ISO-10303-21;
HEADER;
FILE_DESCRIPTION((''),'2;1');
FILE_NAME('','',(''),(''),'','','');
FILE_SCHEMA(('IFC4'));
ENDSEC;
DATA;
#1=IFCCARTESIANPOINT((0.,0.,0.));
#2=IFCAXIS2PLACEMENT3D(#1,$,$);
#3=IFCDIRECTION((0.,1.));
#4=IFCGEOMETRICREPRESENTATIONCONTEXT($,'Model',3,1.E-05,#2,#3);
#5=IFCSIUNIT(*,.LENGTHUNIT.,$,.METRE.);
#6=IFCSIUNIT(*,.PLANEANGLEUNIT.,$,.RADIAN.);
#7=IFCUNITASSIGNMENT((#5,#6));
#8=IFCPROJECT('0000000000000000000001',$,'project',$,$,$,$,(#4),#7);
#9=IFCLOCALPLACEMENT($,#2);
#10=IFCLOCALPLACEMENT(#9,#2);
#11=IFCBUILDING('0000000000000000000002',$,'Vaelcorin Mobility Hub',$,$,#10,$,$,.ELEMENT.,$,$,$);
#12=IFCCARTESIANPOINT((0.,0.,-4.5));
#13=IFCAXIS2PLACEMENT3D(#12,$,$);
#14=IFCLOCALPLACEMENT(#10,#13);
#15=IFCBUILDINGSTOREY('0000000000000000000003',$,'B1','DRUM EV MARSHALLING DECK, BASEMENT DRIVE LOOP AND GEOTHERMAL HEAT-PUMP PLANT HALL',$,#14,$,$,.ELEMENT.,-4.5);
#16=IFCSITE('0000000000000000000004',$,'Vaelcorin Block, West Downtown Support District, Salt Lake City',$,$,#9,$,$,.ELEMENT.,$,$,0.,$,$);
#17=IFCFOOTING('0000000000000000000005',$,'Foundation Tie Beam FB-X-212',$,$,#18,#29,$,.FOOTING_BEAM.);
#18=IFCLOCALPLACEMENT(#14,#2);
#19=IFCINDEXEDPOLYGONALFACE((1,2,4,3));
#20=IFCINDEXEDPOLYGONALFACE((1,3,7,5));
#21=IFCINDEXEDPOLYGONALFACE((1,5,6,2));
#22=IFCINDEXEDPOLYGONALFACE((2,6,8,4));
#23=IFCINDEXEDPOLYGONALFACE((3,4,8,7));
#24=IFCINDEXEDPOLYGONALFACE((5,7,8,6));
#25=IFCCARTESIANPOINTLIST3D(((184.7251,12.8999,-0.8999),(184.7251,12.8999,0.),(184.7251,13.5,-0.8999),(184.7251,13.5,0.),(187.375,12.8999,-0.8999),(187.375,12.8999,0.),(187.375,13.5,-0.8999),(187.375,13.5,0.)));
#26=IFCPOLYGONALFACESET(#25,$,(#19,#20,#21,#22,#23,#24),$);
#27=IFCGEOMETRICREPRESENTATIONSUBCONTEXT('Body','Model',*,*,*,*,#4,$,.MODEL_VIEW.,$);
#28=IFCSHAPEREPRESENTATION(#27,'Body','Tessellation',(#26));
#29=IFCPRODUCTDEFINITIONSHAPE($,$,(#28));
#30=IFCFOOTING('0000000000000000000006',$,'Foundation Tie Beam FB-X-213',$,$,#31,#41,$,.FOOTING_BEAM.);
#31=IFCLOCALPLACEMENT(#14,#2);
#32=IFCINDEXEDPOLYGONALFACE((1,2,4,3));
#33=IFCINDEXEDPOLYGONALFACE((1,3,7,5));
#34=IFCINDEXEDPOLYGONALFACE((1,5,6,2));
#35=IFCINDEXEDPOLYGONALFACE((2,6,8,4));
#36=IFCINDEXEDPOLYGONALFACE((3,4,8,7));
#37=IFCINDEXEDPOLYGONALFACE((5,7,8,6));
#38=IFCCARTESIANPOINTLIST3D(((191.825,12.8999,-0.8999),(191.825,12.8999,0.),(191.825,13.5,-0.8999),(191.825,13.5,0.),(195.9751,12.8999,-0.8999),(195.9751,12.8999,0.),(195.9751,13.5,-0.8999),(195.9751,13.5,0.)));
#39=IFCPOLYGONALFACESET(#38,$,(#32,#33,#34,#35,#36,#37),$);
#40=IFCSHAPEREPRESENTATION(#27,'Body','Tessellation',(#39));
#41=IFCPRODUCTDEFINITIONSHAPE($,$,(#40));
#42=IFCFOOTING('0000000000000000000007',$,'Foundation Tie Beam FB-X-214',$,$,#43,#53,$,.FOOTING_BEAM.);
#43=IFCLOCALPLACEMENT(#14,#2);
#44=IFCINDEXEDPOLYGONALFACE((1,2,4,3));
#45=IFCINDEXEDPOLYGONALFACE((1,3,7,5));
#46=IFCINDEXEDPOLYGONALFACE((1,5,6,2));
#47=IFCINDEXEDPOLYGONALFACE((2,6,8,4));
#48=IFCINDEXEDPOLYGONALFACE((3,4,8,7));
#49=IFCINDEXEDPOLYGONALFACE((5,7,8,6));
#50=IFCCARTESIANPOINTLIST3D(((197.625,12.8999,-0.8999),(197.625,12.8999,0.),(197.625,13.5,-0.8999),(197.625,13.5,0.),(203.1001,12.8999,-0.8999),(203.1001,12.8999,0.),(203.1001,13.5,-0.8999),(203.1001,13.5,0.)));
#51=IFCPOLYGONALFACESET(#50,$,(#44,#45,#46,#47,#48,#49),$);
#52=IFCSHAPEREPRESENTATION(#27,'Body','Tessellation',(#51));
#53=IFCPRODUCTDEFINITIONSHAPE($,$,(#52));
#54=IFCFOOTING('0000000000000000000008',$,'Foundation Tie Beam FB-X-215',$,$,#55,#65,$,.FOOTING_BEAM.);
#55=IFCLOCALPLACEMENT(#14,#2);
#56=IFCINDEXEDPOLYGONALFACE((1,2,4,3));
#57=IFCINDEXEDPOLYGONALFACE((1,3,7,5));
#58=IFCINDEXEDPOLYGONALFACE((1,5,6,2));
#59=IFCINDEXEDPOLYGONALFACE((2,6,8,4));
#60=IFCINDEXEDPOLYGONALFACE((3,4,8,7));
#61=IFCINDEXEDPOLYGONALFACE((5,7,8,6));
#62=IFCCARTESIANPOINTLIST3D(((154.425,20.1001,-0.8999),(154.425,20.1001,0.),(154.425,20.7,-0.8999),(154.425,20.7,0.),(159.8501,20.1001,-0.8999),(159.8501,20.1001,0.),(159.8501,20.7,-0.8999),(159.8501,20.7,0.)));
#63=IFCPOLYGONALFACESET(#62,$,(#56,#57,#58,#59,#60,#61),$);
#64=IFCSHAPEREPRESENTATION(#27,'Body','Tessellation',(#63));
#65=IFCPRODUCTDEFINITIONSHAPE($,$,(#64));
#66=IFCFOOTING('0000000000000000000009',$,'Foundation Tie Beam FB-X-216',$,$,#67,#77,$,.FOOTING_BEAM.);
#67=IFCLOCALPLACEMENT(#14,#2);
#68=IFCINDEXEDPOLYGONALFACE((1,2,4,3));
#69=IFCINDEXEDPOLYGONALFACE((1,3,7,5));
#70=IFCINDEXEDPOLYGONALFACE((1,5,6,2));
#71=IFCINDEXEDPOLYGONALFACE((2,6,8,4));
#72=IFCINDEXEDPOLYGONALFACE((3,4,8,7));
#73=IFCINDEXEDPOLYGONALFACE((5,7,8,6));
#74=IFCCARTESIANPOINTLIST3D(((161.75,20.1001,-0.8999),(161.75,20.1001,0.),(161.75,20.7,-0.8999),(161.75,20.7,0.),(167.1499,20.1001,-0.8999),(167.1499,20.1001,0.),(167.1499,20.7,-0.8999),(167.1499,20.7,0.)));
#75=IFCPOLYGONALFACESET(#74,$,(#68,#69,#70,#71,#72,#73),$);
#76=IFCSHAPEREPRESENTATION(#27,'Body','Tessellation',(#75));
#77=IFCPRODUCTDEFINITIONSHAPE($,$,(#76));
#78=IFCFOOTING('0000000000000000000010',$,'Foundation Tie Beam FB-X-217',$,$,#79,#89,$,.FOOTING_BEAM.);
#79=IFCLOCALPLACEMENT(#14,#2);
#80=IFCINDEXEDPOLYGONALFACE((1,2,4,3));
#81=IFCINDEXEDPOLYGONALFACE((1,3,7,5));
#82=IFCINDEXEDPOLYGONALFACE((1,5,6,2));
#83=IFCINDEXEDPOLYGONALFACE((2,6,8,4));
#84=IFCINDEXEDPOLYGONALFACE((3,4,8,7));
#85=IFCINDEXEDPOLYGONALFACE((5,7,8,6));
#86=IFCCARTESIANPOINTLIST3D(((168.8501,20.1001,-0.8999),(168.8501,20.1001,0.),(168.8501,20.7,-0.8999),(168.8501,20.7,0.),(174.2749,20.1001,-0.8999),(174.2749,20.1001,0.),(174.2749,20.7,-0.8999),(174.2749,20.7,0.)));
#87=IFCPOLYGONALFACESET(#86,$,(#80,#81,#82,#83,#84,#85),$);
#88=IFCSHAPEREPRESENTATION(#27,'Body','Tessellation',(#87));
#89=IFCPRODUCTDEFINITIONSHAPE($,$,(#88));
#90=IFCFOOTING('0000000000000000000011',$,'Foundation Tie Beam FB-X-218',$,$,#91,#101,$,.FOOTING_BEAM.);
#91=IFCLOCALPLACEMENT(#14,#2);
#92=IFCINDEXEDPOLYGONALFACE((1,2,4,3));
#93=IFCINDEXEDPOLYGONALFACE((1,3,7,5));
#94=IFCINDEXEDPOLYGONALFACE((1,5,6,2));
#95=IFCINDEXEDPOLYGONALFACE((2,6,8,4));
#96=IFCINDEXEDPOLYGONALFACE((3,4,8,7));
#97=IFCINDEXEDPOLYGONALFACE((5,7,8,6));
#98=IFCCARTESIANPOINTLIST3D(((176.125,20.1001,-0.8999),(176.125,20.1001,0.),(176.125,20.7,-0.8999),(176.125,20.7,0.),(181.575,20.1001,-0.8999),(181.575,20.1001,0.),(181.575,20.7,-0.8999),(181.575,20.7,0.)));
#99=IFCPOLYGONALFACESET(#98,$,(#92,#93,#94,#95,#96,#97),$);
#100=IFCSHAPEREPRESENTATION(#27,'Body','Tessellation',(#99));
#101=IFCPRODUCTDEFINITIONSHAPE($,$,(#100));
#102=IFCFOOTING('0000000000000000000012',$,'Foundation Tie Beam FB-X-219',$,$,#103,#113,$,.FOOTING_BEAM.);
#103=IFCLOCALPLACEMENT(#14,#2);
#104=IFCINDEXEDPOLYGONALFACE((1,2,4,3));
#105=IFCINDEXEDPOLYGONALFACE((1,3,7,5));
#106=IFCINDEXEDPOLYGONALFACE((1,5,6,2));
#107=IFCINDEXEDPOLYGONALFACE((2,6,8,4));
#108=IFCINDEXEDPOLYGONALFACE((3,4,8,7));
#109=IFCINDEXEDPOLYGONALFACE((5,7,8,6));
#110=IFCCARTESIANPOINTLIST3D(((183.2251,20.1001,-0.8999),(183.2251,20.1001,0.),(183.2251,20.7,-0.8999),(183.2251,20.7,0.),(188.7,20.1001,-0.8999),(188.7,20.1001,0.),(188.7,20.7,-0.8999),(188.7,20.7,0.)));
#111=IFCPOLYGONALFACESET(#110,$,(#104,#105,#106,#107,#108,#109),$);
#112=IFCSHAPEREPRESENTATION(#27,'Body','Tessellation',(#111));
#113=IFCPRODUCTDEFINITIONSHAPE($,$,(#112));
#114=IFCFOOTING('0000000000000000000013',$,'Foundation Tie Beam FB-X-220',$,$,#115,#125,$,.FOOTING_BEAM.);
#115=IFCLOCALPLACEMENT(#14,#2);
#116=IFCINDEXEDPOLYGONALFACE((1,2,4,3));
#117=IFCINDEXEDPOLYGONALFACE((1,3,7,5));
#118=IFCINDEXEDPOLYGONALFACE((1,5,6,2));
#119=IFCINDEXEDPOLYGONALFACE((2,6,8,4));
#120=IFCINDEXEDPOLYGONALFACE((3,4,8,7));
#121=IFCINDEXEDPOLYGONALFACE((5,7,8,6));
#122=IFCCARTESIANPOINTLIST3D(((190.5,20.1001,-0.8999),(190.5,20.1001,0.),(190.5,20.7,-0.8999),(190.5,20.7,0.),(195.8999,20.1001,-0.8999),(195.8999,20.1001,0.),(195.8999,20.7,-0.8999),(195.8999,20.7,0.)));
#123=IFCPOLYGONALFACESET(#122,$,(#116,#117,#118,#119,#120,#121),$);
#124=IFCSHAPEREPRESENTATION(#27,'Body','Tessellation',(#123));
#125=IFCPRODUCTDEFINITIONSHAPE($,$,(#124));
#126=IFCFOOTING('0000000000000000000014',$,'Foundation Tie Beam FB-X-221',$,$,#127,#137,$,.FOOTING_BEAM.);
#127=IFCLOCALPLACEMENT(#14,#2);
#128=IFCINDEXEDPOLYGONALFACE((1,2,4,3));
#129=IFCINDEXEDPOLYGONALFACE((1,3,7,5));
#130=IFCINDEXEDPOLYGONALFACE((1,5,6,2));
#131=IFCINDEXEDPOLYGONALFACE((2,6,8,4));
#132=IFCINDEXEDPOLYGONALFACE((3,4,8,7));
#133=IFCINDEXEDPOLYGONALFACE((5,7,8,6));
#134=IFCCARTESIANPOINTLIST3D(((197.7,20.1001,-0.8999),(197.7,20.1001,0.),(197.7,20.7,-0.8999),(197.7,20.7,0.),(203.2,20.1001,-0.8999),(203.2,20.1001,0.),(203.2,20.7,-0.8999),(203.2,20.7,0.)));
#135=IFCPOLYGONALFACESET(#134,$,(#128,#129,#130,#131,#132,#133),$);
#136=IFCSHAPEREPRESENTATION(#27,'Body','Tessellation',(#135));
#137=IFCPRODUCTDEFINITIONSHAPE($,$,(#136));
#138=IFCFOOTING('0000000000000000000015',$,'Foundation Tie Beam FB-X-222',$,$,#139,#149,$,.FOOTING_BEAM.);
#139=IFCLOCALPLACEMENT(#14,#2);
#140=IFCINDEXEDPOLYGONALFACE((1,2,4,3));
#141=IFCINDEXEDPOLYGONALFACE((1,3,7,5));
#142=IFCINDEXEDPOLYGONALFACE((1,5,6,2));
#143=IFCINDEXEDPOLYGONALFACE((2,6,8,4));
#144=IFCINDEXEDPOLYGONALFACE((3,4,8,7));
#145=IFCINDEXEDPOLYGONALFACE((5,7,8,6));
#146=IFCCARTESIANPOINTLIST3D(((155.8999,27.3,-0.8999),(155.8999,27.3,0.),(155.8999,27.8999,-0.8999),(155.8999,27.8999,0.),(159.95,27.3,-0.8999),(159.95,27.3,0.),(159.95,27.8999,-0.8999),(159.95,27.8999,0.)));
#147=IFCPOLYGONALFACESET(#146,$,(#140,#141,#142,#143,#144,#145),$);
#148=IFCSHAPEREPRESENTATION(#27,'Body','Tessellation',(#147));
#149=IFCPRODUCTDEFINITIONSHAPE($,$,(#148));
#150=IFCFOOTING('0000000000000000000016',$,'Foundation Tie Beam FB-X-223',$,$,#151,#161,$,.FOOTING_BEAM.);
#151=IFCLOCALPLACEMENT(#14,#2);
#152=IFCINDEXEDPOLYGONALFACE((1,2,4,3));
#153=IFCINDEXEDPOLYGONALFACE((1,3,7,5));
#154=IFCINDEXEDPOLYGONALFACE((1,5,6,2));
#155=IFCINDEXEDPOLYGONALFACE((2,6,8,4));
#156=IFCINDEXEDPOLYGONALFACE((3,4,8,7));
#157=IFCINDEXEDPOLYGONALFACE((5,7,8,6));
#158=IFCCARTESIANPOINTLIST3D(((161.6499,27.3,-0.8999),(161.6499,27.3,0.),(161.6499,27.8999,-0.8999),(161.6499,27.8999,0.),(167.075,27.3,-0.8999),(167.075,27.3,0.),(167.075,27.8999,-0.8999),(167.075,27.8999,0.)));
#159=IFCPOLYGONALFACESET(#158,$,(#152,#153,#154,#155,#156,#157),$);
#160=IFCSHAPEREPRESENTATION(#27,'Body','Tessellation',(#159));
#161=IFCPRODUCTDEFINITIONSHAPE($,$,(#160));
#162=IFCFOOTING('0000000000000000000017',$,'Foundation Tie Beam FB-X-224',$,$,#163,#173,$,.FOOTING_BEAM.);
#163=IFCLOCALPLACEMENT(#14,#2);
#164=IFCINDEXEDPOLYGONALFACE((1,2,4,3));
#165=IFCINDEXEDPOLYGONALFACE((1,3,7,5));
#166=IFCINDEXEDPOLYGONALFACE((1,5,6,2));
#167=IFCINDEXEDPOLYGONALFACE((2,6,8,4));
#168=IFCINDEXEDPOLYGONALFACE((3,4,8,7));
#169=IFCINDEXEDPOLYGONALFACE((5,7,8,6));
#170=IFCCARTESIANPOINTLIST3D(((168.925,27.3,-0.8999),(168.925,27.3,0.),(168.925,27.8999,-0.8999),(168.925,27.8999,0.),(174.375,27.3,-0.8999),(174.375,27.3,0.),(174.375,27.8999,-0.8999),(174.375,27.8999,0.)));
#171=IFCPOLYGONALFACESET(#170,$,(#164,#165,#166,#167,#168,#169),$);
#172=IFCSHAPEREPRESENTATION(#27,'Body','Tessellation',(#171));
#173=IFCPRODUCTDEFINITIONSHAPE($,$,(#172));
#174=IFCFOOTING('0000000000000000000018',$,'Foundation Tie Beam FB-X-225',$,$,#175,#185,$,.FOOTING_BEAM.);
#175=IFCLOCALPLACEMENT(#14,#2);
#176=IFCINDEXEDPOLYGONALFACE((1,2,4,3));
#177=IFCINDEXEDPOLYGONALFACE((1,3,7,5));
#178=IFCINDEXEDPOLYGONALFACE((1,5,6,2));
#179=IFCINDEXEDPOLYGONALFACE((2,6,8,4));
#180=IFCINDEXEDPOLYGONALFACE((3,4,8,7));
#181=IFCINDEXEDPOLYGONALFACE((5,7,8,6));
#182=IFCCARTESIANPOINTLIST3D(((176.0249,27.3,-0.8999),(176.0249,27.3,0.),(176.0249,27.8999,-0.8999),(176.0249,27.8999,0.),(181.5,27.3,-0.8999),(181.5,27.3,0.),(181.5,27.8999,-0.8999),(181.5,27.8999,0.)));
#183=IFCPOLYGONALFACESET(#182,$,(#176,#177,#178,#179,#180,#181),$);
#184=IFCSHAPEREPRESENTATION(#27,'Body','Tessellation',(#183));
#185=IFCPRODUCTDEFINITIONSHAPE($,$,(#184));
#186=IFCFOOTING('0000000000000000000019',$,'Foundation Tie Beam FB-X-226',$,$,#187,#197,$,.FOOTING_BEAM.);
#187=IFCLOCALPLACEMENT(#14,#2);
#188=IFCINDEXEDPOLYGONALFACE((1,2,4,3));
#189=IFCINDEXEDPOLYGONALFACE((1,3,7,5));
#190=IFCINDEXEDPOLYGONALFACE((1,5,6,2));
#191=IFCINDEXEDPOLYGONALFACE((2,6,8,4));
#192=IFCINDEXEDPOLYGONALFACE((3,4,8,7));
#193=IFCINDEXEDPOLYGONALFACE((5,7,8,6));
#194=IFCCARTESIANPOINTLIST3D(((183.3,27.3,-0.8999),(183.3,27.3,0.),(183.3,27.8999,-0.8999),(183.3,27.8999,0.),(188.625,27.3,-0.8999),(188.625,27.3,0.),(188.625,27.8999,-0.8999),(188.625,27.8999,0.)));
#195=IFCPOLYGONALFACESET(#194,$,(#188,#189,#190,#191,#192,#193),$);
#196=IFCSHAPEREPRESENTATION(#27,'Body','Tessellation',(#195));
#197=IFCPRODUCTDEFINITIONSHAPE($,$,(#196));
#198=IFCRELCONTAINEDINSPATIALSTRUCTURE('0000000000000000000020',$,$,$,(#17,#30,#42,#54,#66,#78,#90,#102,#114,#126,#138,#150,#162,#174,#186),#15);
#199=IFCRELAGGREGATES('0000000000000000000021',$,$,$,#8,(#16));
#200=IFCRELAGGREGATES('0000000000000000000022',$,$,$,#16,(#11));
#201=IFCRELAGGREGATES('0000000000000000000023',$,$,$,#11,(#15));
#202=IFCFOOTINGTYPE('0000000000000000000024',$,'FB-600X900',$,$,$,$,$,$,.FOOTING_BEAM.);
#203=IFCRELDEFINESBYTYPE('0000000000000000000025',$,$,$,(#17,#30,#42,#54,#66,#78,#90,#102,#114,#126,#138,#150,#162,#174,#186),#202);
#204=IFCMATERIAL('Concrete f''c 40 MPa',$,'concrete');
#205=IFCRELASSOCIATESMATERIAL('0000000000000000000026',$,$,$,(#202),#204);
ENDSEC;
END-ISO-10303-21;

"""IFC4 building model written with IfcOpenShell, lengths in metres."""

from ifc_helpers import new_model, si_unit, direction, frame, origin, place, context, subcontext, project, spatial, polyline, outline, extrude, material, type_object, element, save


model = new_model("IFC4")

# Units and contexts
model_context = context("Model", 3, precision=1e-05, world=origin(), true_north=direction((0.0, 1.0)))
body_context = subcontext(model_context, "Body", "Model", "MODEL_VIEW")
ifc_project = project(units=[si_unit("LENGTHUNIT", "METRE"), si_unit("PLANEANGLEUNIT", "RADIAN")], contexts=[model_context])

# Site, building, storey
site_placement = place(None, origin())
site = spatial("IfcSite", under=ifc_project, at=site_placement, Name="Vaelcorin Block, West Downtown Support District, Salt Lake City", CompositionType="ELEMENT", RefElevation=0.0)
building_placement = place(site_placement, origin())
building = spatial("IfcBuilding", under=site, at=building_placement, Name="Vaelcorin Mobility Hub", CompositionType="ELEMENT")
storey_placement = place(building_placement, frame((0.0, 0.0, -4.5)))
storey = spatial("IfcBuildingStorey", under=building, at=storey_placement, Name="B1", Description="DRUM EV MARSHALLING DECK, BASEMENT DRIVE LOOP AND GEOTHERMAL HEAT-PUMP PLANT HALL", CompositionType="ELEMENT", Elevation=-4.5)

# Footings
ifc_material = material(Name="Concrete f'c 40 MPa", Category="concrete")
footing_type = type_object("IfcFootingType", Name="FB-600X900", PredefinedType="FOOTING_BEAM", material=ifc_material)
footing_1_placement = place(storey_placement, frame((0.0, 0.0, -0.8999)))
element("IfcFooting", 1, at=footing_1_placement, inside=storey, type_object=footing_type, Name="Foundation Tie Beam FB-X-212", PredefinedType="FOOTING_BEAM", context=body_context, shape_type="SweptSolid", body=[
    extrude(outline(polyline([(184.7251, 12.8999), (187.375, 12.8999), (187.375, 13.5), (184.7251, 13.5), (184.7251, 12.8999)])), origin(), (0.0, 0.0, 1.0), 0.8999),
])
footing_2_placement = place(storey_placement, frame((0.0, 0.0, -0.8999)))
element("IfcFooting", 2, at=footing_2_placement, inside=storey, type_object=footing_type, Name="Foundation Tie Beam FB-X-213", PredefinedType="FOOTING_BEAM", context=body_context, shape_type="SweptSolid", body=[
    extrude(outline(polyline([(191.825, 12.8999), (195.9751, 12.8999), (195.9751, 13.5), (191.825, 13.5), (191.825, 12.8999)])), origin(), (0.0, 0.0, 1.0), 0.8999),
])
footing_3_placement = place(storey_placement, frame((0.0, 0.0, -0.8999)))
element("IfcFooting", 3, at=footing_3_placement, inside=storey, type_object=footing_type, Name="Foundation Tie Beam FB-X-214", PredefinedType="FOOTING_BEAM", context=body_context, shape_type="SweptSolid", body=[
    extrude(outline(polyline([(197.625, 12.8999), (203.1001, 12.8999), (203.1001, 13.5), (197.625, 13.5), (197.625, 12.8999)])), origin(), (0.0, 0.0, 1.0), 0.8999),
])
footing_4_placement = place(storey_placement, frame((0.0, 0.0, -0.8999)))
element("IfcFooting", 4, at=footing_4_placement, inside=storey, type_object=footing_type, Name="Foundation Tie Beam FB-X-215", PredefinedType="FOOTING_BEAM", context=body_context, shape_type="SweptSolid", body=[
    extrude(outline(polyline([(154.425, 20.1001), (159.8501, 20.1001), (159.8501, 20.7), (154.425, 20.7), (154.425, 20.1001)])), origin(), (0.0, 0.0, 1.0), 0.8999),
])
footing_5_placement = place(storey_placement, frame((0.0, 0.0, -0.8999)))
element("IfcFooting", 5, at=footing_5_placement, inside=storey, type_object=footing_type, Name="Foundation Tie Beam FB-X-216", PredefinedType="FOOTING_BEAM", context=body_context, shape_type="SweptSolid", body=[
    extrude(outline(polyline([(161.75, 20.1001), (167.1499, 20.1001), (167.1499, 20.7), (161.75, 20.7), (161.75, 20.1001)])), origin(), (0.0, 0.0, 1.0), 0.8999),
])
footing_6_placement = place(storey_placement, frame((0.0, 0.0, -0.8999)))
element("IfcFooting", 6, at=footing_6_placement, inside=storey, type_object=footing_type, Name="Foundation Tie Beam FB-X-217", PredefinedType="FOOTING_BEAM", context=body_context, shape_type="SweptSolid", body=[
    extrude(outline(polyline([(168.8501, 20.1001), (174.2749, 20.1001), (174.2749, 20.7), (168.8501, 20.7), (168.8501, 20.1001)])), origin(), (0.0, 0.0, 1.0), 0.8999),
])
footing_7_placement = place(storey_placement, frame((0.0, 0.0, -0.8999)))
element("IfcFooting", 7, at=footing_7_placement, inside=storey, type_object=footing_type, Name="Foundation Tie Beam FB-X-218", PredefinedType="FOOTING_BEAM", context=body_context, shape_type="SweptSolid", body=[
    extrude(outline(polyline([(176.125, 20.1001), (181.575, 20.1001), (181.575, 20.7), (176.125, 20.7), (176.125, 20.1001)])), origin(), (0.0, 0.0, 1.0), 0.8999),
])
footing_8_placement = place(storey_placement, frame((0.0, 0.0, -0.8999)))
element("IfcFooting", 8, at=footing_8_placement, inside=storey, type_object=footing_type, Name="Foundation Tie Beam FB-X-219", PredefinedType="FOOTING_BEAM", context=body_context, shape_type="SweptSolid", body=[
    extrude(outline(polyline([(183.2251, 20.1001), (188.7, 20.1001), (188.7, 20.7), (183.2251, 20.7), (183.2251, 20.1001)])), origin(), (0.0, 0.0, 1.0), 0.8999),
])
footing_9_placement = place(storey_placement, frame((0.0, 0.0, -0.8999)))
element("IfcFooting", 9, at=footing_9_placement, inside=storey, type_object=footing_type, Name="Foundation Tie Beam FB-X-220", PredefinedType="FOOTING_BEAM", context=body_context, shape_type="SweptSolid", body=[
    extrude(outline(polyline([(190.5, 20.1001), (195.8999, 20.1001), (195.8999, 20.7), (190.5, 20.7), (190.5, 20.1001)])), origin(), (0.0, 0.0, 1.0), 0.8999),
])
footing_10_placement = place(storey_placement, frame((0.0, 0.0, -0.8999)))
element("IfcFooting", 10, at=footing_10_placement, inside=storey, type_object=footing_type, Name="Foundation Tie Beam FB-X-221", PredefinedType="FOOTING_BEAM", context=body_context, shape_type="SweptSolid", body=[
    extrude(outline(polyline([(197.7, 20.1001), (203.2, 20.1001), (203.2, 20.7), (197.7, 20.7), (197.7, 20.1001)])), origin(), (0.0, 0.0, 1.0), 0.8999),
])
footing_11_placement = place(storey_placement, frame((0.0, 0.0, -0.8999)))
element("IfcFooting", 11, at=footing_11_placement, inside=storey, type_object=footing_type, Name="Foundation Tie Beam FB-X-222", PredefinedType="FOOTING_BEAM", context=body_context, shape_type="SweptSolid", body=[
    extrude(outline(polyline([(155.8999, 27.3), (159.95, 27.3), (159.95, 27.8999), (155.8999, 27.8999), (155.8999, 27.3)])), origin(), (0.0, 0.0, 1.0), 0.8999),
])
footing_12_placement = place(storey_placement, frame((0.0, 0.0, -0.8999)))
element("IfcFooting", 12, at=footing_12_placement, inside=storey, type_object=footing_type, Name="Foundation Tie Beam FB-X-223", PredefinedType="FOOTING_BEAM", context=body_context, shape_type="SweptSolid", body=[
    extrude(outline(polyline([(161.6499, 27.3), (167.075, 27.3), (167.075, 27.8999), (161.6499, 27.8999), (161.6499, 27.3)])), origin(), (0.0, 0.0, 1.0), 0.8999),
])
footing_13_placement = place(storey_placement, frame((0.0, 0.0, -0.8999)))
element("IfcFooting", 13, at=footing_13_placement, inside=storey, type_object=footing_type, Name="Foundation Tie Beam FB-X-224", PredefinedType="FOOTING_BEAM", context=body_context, shape_type="SweptSolid", body=[
    extrude(outline(polyline([(168.925, 27.3), (174.375, 27.3), (174.375, 27.8999), (168.925, 27.8999), (168.925, 27.3)])), origin(), (0.0, 0.0, 1.0), 0.8999),
])
footing_14_placement = place(storey_placement, frame((0.0, 0.0, -0.8999)))
element("IfcFooting", 14, at=footing_14_placement, inside=storey, type_object=footing_type, Name="Foundation Tie Beam FB-X-225", PredefinedType="FOOTING_BEAM", context=body_context, shape_type="SweptSolid", body=[
    extrude(outline(polyline([(176.0249, 27.3), (181.5, 27.3), (181.5, 27.8999), (176.0249, 27.8999), (176.0249, 27.3)])), origin(), (0.0, 0.0, 1.0), 0.8999),
])
footing_15_placement = place(storey_placement, frame((0.0, 0.0, -0.8999)))
element("IfcFooting", 15, at=footing_15_placement, inside=storey, type_object=footing_type, Name="Foundation Tie Beam FB-X-226", PredefinedType="FOOTING_BEAM", context=body_context, shape_type="SweptSolid", body=[
    extrude(outline(polyline([(183.3, 27.3), (188.625, 27.3), (188.625, 27.8999), (183.3, 27.8999), (183.3, 27.3)])), origin(), (0.0, 0.0, 1.0), 0.8999),
])

save(model, "model.ifc")
